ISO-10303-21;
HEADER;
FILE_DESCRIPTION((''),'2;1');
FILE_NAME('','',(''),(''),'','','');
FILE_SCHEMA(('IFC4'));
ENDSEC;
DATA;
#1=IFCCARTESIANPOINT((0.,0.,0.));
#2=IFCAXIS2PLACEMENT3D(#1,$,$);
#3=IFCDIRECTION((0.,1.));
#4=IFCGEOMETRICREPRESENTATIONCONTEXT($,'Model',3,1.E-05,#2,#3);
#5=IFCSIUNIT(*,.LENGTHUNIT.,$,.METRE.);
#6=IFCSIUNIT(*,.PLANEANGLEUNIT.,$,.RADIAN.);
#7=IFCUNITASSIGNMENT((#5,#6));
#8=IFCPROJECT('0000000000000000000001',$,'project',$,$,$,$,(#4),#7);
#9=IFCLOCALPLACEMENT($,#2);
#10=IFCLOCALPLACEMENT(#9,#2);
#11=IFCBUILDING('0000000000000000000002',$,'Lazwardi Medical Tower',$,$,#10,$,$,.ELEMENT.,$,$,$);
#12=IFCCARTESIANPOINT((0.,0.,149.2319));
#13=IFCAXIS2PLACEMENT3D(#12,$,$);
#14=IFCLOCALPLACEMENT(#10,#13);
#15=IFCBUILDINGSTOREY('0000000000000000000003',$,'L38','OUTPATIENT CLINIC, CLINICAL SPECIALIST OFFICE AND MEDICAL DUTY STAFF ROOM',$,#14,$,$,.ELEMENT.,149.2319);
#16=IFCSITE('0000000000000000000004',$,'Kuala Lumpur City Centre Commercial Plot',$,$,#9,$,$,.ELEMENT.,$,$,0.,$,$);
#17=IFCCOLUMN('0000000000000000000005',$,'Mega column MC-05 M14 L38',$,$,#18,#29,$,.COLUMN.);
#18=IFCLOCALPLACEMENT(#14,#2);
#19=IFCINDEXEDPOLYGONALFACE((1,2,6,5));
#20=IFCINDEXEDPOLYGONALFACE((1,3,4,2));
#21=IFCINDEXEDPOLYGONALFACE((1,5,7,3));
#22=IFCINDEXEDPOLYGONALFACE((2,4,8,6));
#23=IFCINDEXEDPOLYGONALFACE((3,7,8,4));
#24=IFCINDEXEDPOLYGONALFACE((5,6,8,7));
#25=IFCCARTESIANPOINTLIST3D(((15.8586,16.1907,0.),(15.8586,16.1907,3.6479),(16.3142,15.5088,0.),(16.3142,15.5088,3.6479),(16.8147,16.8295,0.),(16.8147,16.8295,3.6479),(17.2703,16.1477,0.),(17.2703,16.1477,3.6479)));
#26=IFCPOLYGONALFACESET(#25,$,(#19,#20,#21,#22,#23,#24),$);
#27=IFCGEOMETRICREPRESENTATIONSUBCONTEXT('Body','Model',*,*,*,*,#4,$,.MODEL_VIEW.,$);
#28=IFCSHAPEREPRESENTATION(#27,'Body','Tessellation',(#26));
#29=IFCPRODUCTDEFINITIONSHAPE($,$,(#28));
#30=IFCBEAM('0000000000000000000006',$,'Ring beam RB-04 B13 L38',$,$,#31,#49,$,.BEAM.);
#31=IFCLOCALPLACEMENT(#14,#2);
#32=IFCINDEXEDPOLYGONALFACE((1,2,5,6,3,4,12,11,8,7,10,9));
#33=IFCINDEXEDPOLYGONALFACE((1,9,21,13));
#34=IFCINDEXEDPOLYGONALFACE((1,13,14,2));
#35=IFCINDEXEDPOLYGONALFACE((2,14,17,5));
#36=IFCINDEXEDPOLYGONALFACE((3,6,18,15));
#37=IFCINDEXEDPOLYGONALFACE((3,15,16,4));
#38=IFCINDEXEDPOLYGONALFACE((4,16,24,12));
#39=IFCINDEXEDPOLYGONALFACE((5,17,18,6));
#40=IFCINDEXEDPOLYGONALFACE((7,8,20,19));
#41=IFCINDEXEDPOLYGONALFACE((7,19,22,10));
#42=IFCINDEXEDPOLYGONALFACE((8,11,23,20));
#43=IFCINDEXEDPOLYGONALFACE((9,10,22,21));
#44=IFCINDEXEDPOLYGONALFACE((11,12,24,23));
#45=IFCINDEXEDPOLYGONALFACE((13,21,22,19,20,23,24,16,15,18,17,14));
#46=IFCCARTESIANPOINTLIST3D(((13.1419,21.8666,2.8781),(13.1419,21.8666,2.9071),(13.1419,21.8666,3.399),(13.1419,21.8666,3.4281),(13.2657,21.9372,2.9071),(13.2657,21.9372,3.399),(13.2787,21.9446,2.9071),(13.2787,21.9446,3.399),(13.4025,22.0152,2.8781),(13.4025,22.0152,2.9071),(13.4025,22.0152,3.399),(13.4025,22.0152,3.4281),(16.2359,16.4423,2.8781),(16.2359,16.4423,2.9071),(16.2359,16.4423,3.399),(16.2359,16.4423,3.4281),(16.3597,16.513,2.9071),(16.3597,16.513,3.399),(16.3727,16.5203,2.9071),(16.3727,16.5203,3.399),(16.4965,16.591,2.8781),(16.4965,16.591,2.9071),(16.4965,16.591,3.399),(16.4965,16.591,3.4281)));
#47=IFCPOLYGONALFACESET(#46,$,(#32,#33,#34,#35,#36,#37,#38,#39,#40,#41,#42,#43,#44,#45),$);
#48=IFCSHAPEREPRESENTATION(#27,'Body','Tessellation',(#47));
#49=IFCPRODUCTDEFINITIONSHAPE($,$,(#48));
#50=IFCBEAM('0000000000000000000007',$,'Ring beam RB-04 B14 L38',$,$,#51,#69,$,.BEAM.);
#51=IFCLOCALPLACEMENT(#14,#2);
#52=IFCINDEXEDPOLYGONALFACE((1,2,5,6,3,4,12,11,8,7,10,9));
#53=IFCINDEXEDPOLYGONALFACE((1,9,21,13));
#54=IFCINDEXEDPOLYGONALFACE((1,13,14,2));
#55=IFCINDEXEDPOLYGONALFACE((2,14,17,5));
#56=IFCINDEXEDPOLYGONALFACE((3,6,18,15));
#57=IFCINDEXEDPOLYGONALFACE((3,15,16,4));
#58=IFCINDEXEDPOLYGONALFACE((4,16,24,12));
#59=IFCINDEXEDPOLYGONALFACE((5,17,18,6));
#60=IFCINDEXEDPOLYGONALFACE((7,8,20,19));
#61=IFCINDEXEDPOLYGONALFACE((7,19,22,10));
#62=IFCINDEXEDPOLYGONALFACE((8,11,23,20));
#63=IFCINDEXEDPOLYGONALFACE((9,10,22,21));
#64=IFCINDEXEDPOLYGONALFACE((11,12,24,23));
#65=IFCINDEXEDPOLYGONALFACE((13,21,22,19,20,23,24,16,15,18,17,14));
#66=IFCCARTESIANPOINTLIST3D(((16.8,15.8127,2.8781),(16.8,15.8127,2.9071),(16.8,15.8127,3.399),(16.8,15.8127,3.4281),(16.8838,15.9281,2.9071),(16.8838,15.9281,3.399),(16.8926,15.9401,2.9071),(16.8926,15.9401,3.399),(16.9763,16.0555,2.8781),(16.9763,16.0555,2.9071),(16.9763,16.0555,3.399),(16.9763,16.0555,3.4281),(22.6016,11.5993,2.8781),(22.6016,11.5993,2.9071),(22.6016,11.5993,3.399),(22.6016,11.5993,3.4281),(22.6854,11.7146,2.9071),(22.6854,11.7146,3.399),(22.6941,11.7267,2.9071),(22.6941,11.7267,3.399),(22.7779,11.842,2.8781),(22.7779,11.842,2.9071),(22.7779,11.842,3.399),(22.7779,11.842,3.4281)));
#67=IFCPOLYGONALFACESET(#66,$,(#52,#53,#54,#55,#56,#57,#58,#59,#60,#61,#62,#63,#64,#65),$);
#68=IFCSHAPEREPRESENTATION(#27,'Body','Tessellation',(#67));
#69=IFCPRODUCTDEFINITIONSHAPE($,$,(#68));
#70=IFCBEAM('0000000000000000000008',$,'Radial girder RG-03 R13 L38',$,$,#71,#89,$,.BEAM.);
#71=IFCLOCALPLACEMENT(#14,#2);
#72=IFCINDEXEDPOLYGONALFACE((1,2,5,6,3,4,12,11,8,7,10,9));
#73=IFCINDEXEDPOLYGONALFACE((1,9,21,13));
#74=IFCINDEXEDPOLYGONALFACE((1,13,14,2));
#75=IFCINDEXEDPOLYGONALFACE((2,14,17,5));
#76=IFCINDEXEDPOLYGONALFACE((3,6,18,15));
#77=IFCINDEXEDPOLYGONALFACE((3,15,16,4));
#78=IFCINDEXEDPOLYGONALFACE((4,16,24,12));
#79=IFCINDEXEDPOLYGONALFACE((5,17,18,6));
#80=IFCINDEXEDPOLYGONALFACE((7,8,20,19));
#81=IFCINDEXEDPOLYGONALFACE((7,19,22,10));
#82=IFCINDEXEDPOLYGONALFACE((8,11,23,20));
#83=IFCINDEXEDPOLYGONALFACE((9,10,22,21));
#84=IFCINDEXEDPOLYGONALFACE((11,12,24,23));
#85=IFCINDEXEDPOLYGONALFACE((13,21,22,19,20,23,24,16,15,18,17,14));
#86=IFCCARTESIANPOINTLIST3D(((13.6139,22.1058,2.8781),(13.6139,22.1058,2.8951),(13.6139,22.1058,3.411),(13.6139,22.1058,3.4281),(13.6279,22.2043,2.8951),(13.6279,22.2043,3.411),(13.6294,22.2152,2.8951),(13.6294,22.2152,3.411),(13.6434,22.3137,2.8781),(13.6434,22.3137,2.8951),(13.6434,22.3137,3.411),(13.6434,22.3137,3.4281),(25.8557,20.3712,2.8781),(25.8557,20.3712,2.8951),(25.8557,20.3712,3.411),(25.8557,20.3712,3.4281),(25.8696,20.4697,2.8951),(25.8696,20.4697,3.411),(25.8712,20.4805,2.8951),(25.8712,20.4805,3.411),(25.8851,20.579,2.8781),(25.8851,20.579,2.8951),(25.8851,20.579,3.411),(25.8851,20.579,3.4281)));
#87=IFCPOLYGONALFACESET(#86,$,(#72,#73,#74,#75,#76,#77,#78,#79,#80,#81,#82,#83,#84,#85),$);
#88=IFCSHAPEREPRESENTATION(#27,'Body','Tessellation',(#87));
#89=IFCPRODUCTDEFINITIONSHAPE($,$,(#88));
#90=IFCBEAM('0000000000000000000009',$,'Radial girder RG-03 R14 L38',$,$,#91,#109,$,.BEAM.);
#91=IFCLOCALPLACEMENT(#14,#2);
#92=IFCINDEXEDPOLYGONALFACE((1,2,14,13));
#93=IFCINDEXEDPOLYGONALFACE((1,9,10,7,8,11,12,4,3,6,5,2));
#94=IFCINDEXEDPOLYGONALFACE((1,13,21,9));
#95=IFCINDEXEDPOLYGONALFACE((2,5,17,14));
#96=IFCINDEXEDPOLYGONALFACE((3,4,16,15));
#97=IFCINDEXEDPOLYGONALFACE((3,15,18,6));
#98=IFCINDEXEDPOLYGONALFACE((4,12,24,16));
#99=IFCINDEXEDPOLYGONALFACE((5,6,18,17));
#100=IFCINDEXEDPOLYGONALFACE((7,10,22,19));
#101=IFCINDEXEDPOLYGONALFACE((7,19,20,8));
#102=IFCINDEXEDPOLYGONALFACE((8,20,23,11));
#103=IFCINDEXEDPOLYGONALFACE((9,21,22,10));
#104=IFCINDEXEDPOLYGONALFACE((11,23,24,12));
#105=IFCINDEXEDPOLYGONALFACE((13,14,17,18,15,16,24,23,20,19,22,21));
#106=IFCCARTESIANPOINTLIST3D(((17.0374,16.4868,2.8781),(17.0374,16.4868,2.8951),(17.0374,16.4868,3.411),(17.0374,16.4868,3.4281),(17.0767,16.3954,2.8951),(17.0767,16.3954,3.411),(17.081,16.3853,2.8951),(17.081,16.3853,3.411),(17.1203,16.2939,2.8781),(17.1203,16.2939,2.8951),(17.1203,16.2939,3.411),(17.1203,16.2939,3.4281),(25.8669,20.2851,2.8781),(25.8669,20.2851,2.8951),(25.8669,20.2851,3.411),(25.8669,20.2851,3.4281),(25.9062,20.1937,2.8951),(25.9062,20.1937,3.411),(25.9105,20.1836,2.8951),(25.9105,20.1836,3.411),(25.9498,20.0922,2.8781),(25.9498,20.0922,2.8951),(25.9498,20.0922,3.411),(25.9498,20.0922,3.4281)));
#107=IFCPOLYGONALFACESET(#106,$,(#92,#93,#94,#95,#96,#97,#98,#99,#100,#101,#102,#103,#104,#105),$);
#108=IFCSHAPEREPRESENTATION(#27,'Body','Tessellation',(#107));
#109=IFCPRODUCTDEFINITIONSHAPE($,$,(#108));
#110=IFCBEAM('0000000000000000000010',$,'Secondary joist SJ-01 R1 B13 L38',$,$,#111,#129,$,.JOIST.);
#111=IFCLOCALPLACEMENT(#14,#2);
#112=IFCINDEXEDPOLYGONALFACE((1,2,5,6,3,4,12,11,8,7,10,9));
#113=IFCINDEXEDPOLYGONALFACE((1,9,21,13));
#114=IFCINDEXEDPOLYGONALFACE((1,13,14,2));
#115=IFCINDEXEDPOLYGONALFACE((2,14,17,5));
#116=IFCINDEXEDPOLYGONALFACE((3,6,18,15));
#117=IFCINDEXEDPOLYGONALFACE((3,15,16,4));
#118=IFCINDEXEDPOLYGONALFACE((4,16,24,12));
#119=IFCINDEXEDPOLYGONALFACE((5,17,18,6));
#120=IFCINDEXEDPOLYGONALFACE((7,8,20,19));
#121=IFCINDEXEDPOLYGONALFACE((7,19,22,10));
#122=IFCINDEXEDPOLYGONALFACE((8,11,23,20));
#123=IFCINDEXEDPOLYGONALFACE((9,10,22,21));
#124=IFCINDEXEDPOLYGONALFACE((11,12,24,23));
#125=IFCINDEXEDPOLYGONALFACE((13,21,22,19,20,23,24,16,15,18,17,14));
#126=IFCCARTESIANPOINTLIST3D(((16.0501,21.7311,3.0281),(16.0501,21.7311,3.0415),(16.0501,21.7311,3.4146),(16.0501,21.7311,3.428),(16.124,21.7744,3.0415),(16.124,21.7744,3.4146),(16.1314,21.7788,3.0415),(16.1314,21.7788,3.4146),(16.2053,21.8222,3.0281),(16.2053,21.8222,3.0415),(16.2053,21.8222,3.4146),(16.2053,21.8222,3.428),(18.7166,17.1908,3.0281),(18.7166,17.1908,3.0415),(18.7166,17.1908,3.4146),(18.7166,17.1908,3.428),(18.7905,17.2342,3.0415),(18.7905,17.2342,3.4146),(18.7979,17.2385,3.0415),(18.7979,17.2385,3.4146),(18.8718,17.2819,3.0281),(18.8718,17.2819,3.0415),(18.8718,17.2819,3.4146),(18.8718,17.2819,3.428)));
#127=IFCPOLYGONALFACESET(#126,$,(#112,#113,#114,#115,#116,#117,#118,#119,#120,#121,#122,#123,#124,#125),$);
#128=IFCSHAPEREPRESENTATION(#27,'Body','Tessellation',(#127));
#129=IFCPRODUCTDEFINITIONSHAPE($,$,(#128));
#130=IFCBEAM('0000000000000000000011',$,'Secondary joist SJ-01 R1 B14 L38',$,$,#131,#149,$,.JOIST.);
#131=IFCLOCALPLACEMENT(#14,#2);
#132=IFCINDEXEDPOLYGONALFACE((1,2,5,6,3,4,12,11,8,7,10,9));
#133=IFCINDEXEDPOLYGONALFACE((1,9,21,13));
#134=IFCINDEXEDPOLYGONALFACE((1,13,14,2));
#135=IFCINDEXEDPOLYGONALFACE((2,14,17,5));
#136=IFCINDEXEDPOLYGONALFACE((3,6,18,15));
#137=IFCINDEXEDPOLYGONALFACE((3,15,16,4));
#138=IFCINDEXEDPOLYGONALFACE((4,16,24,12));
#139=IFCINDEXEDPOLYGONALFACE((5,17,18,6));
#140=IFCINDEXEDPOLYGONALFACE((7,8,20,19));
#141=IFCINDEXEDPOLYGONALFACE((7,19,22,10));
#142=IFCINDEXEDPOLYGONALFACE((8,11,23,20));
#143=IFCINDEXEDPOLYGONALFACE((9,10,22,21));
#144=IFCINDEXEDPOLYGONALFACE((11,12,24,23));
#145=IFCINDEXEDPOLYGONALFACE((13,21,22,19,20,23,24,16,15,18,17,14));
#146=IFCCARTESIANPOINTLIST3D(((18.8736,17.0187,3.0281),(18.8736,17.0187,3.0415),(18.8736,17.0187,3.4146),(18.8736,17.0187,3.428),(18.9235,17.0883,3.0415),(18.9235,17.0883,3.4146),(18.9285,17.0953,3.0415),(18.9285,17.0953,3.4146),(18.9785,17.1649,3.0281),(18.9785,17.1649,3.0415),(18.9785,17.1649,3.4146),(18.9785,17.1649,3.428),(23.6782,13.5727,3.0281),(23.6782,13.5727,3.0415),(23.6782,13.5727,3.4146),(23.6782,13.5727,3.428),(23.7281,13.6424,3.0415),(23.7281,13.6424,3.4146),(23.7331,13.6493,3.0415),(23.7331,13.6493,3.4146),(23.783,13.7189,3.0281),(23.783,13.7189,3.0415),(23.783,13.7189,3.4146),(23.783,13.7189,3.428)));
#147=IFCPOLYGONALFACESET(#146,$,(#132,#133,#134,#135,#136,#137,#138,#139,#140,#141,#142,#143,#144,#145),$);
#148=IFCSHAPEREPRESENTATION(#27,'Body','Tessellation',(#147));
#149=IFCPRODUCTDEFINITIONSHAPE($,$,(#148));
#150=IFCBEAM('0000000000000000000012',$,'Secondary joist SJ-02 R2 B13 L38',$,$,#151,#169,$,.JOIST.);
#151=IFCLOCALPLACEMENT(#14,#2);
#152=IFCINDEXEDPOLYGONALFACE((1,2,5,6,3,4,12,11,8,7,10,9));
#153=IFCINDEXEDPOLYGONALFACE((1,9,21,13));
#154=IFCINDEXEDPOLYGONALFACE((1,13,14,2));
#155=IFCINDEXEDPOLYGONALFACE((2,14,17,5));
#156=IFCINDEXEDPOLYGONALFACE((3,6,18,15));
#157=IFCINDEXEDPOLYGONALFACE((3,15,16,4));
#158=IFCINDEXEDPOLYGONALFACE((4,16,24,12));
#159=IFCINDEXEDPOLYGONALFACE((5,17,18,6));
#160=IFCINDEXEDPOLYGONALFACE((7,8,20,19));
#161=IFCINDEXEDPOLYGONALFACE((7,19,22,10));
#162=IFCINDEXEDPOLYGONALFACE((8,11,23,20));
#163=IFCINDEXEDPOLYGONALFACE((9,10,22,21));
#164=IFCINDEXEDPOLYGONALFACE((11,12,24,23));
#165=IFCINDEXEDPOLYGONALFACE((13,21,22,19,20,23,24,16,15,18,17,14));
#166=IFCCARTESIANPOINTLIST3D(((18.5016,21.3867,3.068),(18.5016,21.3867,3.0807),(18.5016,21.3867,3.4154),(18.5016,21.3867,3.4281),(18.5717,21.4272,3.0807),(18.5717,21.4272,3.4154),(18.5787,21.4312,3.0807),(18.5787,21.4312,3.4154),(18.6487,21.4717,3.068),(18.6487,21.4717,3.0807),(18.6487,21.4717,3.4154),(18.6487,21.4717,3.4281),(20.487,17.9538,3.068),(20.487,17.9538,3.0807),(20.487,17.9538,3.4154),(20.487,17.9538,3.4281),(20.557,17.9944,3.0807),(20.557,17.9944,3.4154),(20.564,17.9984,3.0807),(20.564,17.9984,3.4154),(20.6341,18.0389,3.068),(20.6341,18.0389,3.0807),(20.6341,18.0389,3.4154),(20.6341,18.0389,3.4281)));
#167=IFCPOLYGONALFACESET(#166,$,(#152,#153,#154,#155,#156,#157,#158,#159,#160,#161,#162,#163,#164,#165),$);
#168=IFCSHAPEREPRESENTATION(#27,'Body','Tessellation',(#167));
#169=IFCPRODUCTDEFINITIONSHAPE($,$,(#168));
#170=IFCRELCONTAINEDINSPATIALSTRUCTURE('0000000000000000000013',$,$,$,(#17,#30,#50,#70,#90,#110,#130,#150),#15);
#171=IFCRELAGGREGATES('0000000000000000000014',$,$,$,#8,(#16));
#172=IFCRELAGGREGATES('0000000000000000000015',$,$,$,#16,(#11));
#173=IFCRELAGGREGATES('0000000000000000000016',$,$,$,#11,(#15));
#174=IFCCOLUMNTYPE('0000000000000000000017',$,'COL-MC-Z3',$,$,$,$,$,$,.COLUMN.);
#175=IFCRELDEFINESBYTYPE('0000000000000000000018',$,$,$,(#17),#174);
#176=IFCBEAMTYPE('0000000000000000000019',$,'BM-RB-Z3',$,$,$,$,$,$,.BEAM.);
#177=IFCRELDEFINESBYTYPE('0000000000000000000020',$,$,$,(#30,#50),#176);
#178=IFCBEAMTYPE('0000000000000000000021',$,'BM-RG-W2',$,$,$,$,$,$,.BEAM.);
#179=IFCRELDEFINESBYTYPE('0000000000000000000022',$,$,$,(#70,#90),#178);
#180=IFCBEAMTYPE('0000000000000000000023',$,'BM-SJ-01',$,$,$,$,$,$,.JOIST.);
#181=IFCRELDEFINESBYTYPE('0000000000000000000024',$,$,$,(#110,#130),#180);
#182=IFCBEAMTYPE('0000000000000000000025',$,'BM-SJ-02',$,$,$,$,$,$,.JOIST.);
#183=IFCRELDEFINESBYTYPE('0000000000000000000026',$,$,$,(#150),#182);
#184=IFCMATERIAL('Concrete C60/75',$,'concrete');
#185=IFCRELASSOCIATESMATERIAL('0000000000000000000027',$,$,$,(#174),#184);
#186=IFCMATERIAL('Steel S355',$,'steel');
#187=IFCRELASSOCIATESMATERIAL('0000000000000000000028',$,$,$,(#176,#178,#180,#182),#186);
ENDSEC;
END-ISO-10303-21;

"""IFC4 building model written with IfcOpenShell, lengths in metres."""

from ifc_helpers import new_model, si_unit, direction, frame, origin, origin_2d, place, context, subcontext, project, spatial, rectangle, i_section, extrude, material, material_profile, profile_set, type_object, element, save


model = new_model("IFC4")

# Units and contexts
model_context = context("Model", 3, precision=1e-05, world=origin(), true_north=direction((0.0, 1.0)))
body_context = subcontext(model_context, "Body", "Model", "MODEL_VIEW")
ifc_project = project(units=[si_unit("LENGTHUNIT", "METRE"), si_unit("PLANEANGLEUNIT", "RADIAN")], contexts=[model_context])

# Site, building, storey
site_placement = place(None, origin())
site = spatial("IfcSite", under=ifc_project, at=site_placement, Name="Kuala Lumpur City Centre Commercial Plot", CompositionType="ELEMENT", RefElevation=0.0)
building_placement = place(site_placement, origin())
building = spatial("IfcBuilding", under=site, at=building_placement, Name="Lazwardi Medical Tower", CompositionType="ELEMENT")
storey_placement = place(building_placement, frame((0.0, 0.0, 149.2319)))
storey = spatial("IfcBuildingStorey", under=building, at=storey_placement, Name="L38", Description="OUTPATIENT CLINIC, CLINICAL SPECIALIST OFFICE AND MEDICAL DUTY STAFF ROOM", CompositionType="ELEMENT", Elevation=149.2319)

# Column
ifc_material_1 = material(Name="Concrete C60/75", Category="concrete")
ifc_material_profile_1 = material_profile(ifc_material_1, rectangle(XDim=1.1499, YDim=0.8201, at=origin_2d()), Name="CFT-RECT 1150x820")
ifc_profile_set_1 = profile_set([ifc_material_profile_1], Name="Concrete C60/75")
column_type = type_object("IfcColumnType", Name="COL-MC-Z3", PredefinedType="COLUMN", material=ifc_profile_set_1)
column_placement = place(storey_placement, frame((16.5645, 16.1692, 0.0), z_axis=(0.0, 0.0, 1.0), x_axis=(-0.83147, -0.55557, 0.0)))
element("IfcColumn", 1, at=column_placement, inside=storey, type_object=column_type, Name="Mega column MC-05 M14 L38", PredefinedType="COLUMN", context=body_context, shape_type="SweptSolid", body=[
    extrude(rectangle(XDim=1.1499, YDim=0.8201, at=origin_2d()), origin(), (0.0, 0.0, 1.0), 3.6479),
])

# Beams
ifc_material_2 = material(Name="Steel S355", Category="steel")
ifc_material_profile_2 = material_profile(ifc_material_2, i_section(OverallWidth=0.3, OverallDepth=0.55, WebThickness=0.0149, FlangeThickness=0.0291, at=origin_2d()), Name="HEB 550")
ifc_profile_set_2 = profile_set([ifc_material_profile_2], Name="Steel S355")
beam_type_1 = type_object("IfcBeamType", Name="BM-RB-Z3", PredefinedType="BEAM", material=ifc_profile_set_2)
beam_1_placement = place(storey_placement, frame((13.2722, 21.9409, 3.1531), z_axis=(0.495461, -0.86863, 0.0), x_axis=(0.86863, 0.495461, 0.0)))
element("IfcBeam", 2, at=beam_1_placement, inside=storey, type_object=beam_type_1, Name="Ring beam RB-04 B13 L38", PredefinedType="BEAM", context=body_context, shape_type="SweptSolid", body=[
    extrude(i_section(OverallWidth=0.3, OverallDepth=0.55, WebThickness=0.0149, FlangeThickness=0.0291, at=origin_2d()), origin(), (0.0, 0.0, 1.0), 6.2446),
])
beam_2_placement = place(storey_placement, frame((16.8882, 15.9341, 3.1531), z_axis=(0.809128, -0.587633, 0.0), x_axis=(0.587633, 0.809128, 0.0)))
element("IfcBeam", 3, at=beam_2_placement, inside=storey, type_object=beam_type_1, Name="Ring beam RB-04 B14 L38", PredefinedType="BEAM", context=body_context, shape_type="SweptSolid", body=[
    extrude(i_section(OverallWidth=0.3, OverallDepth=0.55, WebThickness=0.0149, FlangeThickness=0.0291, at=origin_2d()), origin(), (0.0, 0.0, 1.0), 7.1702),
])
ifc_material_profile_3 = material_profile(ifc_material_2, i_section(OverallWidth=0.21, OverallDepth=0.55, WebThickness=0.011, FlangeThickness=0.0171, at=origin_2d()), Name="IPE 550")
ifc_profile_set_3 = profile_set([ifc_material_profile_3], Name="Steel S355")
beam_type_2 = type_object("IfcBeamType", Name="BM-RG-W2", PredefinedType="BEAM", material=ifc_profile_set_3)
beam_3_placement = place(storey_placement, frame((13.6287, 22.2097, 3.1531), z_axis=(0.99011, -0.140296, 0.0), x_axis=(0.140296, 0.99011, 0.0)))
element("IfcBeam", 4, at=beam_3_placement, inside=storey, type_object=beam_type_2, Name="Radial girder RG-03 R13 L38", PredefinedType="BEAM", context=body_context, shape_type="SweptSolid", body=[
    extrude(i_section(OverallWidth=0.21, OverallDepth=0.55, WebThickness=0.011, FlangeThickness=0.0171, at=origin_2d()), origin(), (0.0, 0.0, 1.0), 12.364),
])
beam_4_placement = place(storey_placement, frame((17.0789, 16.3904, 3.1531), z_axis=(0.918608, 0.39517, 0.0), x_axis=(-0.39517, 0.918608, 0.0)))
element("IfcBeam", 5, at=beam_4_placement, inside=storey, type_object=beam_type_2, Name="Radial girder RG-03 R14 L38", PredefinedType="BEAM", context=body_context, shape_type="SweptSolid", body=[
    extrude(i_section(OverallWidth=0.21, OverallDepth=0.55, WebThickness=0.011, FlangeThickness=0.0171, at=origin_2d()), origin(), (0.0, 0.0, 1.0), 9.6118),
])
ifc_material_profile_4 = material_profile(ifc_material_2, i_section(OverallWidth=0.1799, OverallDepth=0.3999, WebThickness=0.0085, FlangeThickness=0.0134, at=origin_2d()), Name="IPE 400")
ifc_profile_set_4 = profile_set([ifc_material_profile_4], Name="Steel S355")
beam_type_3 = type_object("IfcBeamType", Name="BM-SJ-01", PredefinedType="JOIST", material=ifc_profile_set_4)
beam_5_placement = place(storey_placement, frame((16.1277, 21.7766, 3.228), z_axis=(0.50642, -0.862287, 0.0), x_axis=(0.862287, 0.50642, 0.0)))
element("IfcBeam", 6, at=beam_5_placement, inside=storey, type_object=beam_type_3, Name="Secondary joist SJ-01 R1 B13 L38", PredefinedType="JOIST", context=body_context, shape_type="SweptSolid", body=[
    extrude(i_section(OverallWidth=0.1799, OverallDepth=0.3999, WebThickness=0.0085, FlangeThickness=0.0134, at=origin_2d()), origin(), (0.0, 0.0, 1.0), 5.2654),
])
beam_6_placement = place(storey_placement, frame((18.926, 17.0918, 3.228), z_axis=(0.812602, -0.582819, 0.0), x_axis=(0.582819, 0.812602, 0.0)))
element("IfcBeam", 7, at=beam_6_placement, inside=storey, type_object=beam_type_3, Name="Secondary joist SJ-01 R1 B14 L38", PredefinedType="JOIST", context=body_context, shape_type="SweptSolid", body=[
    extrude(i_section(OverallWidth=0.1799, OverallDepth=0.3999, WebThickness=0.0085, FlangeThickness=0.0134, at=origin_2d()), origin(), (0.0, 0.0, 1.0), 5.9126),
])
ifc_material_profile_5 = material_profile(ifc_material_2, i_section(OverallWidth=0.1699, OverallDepth=0.3601, WebThickness=0.0081, FlangeThickness=0.0127, at=origin_2d()), Name="IPE 360")
ifc_profile_set_5 = profile_set([ifc_material_profile_5], Name="Steel S355")
beam_type_4 = type_object("IfcBeamType", Name="BM-SJ-02", PredefinedType="JOIST", material=ifc_profile_set_5)
beam_7_placement = place(storey_placement, frame((18.5752, 21.4292, 3.248), z_axis=(0.500641, -0.865655, 0.0), x_axis=(0.865655, 0.500641, 0.0)))
element("IfcBeam", 8, at=beam_7_placement, inside=storey, type_object=beam_type_4, Name="Secondary joist SJ-02 R2 B13 L38", PredefinedType="JOIST", context=body_context, shape_type="SweptSolid", body=[
    extrude(i_section(OverallWidth=0.1699, OverallDepth=0.3601, WebThickness=0.0081, FlangeThickness=0.0127, at=origin_2d()), origin(), (0.0, 0.0, 1.0), 3.9656),
])

save(model, "model.ifc")
